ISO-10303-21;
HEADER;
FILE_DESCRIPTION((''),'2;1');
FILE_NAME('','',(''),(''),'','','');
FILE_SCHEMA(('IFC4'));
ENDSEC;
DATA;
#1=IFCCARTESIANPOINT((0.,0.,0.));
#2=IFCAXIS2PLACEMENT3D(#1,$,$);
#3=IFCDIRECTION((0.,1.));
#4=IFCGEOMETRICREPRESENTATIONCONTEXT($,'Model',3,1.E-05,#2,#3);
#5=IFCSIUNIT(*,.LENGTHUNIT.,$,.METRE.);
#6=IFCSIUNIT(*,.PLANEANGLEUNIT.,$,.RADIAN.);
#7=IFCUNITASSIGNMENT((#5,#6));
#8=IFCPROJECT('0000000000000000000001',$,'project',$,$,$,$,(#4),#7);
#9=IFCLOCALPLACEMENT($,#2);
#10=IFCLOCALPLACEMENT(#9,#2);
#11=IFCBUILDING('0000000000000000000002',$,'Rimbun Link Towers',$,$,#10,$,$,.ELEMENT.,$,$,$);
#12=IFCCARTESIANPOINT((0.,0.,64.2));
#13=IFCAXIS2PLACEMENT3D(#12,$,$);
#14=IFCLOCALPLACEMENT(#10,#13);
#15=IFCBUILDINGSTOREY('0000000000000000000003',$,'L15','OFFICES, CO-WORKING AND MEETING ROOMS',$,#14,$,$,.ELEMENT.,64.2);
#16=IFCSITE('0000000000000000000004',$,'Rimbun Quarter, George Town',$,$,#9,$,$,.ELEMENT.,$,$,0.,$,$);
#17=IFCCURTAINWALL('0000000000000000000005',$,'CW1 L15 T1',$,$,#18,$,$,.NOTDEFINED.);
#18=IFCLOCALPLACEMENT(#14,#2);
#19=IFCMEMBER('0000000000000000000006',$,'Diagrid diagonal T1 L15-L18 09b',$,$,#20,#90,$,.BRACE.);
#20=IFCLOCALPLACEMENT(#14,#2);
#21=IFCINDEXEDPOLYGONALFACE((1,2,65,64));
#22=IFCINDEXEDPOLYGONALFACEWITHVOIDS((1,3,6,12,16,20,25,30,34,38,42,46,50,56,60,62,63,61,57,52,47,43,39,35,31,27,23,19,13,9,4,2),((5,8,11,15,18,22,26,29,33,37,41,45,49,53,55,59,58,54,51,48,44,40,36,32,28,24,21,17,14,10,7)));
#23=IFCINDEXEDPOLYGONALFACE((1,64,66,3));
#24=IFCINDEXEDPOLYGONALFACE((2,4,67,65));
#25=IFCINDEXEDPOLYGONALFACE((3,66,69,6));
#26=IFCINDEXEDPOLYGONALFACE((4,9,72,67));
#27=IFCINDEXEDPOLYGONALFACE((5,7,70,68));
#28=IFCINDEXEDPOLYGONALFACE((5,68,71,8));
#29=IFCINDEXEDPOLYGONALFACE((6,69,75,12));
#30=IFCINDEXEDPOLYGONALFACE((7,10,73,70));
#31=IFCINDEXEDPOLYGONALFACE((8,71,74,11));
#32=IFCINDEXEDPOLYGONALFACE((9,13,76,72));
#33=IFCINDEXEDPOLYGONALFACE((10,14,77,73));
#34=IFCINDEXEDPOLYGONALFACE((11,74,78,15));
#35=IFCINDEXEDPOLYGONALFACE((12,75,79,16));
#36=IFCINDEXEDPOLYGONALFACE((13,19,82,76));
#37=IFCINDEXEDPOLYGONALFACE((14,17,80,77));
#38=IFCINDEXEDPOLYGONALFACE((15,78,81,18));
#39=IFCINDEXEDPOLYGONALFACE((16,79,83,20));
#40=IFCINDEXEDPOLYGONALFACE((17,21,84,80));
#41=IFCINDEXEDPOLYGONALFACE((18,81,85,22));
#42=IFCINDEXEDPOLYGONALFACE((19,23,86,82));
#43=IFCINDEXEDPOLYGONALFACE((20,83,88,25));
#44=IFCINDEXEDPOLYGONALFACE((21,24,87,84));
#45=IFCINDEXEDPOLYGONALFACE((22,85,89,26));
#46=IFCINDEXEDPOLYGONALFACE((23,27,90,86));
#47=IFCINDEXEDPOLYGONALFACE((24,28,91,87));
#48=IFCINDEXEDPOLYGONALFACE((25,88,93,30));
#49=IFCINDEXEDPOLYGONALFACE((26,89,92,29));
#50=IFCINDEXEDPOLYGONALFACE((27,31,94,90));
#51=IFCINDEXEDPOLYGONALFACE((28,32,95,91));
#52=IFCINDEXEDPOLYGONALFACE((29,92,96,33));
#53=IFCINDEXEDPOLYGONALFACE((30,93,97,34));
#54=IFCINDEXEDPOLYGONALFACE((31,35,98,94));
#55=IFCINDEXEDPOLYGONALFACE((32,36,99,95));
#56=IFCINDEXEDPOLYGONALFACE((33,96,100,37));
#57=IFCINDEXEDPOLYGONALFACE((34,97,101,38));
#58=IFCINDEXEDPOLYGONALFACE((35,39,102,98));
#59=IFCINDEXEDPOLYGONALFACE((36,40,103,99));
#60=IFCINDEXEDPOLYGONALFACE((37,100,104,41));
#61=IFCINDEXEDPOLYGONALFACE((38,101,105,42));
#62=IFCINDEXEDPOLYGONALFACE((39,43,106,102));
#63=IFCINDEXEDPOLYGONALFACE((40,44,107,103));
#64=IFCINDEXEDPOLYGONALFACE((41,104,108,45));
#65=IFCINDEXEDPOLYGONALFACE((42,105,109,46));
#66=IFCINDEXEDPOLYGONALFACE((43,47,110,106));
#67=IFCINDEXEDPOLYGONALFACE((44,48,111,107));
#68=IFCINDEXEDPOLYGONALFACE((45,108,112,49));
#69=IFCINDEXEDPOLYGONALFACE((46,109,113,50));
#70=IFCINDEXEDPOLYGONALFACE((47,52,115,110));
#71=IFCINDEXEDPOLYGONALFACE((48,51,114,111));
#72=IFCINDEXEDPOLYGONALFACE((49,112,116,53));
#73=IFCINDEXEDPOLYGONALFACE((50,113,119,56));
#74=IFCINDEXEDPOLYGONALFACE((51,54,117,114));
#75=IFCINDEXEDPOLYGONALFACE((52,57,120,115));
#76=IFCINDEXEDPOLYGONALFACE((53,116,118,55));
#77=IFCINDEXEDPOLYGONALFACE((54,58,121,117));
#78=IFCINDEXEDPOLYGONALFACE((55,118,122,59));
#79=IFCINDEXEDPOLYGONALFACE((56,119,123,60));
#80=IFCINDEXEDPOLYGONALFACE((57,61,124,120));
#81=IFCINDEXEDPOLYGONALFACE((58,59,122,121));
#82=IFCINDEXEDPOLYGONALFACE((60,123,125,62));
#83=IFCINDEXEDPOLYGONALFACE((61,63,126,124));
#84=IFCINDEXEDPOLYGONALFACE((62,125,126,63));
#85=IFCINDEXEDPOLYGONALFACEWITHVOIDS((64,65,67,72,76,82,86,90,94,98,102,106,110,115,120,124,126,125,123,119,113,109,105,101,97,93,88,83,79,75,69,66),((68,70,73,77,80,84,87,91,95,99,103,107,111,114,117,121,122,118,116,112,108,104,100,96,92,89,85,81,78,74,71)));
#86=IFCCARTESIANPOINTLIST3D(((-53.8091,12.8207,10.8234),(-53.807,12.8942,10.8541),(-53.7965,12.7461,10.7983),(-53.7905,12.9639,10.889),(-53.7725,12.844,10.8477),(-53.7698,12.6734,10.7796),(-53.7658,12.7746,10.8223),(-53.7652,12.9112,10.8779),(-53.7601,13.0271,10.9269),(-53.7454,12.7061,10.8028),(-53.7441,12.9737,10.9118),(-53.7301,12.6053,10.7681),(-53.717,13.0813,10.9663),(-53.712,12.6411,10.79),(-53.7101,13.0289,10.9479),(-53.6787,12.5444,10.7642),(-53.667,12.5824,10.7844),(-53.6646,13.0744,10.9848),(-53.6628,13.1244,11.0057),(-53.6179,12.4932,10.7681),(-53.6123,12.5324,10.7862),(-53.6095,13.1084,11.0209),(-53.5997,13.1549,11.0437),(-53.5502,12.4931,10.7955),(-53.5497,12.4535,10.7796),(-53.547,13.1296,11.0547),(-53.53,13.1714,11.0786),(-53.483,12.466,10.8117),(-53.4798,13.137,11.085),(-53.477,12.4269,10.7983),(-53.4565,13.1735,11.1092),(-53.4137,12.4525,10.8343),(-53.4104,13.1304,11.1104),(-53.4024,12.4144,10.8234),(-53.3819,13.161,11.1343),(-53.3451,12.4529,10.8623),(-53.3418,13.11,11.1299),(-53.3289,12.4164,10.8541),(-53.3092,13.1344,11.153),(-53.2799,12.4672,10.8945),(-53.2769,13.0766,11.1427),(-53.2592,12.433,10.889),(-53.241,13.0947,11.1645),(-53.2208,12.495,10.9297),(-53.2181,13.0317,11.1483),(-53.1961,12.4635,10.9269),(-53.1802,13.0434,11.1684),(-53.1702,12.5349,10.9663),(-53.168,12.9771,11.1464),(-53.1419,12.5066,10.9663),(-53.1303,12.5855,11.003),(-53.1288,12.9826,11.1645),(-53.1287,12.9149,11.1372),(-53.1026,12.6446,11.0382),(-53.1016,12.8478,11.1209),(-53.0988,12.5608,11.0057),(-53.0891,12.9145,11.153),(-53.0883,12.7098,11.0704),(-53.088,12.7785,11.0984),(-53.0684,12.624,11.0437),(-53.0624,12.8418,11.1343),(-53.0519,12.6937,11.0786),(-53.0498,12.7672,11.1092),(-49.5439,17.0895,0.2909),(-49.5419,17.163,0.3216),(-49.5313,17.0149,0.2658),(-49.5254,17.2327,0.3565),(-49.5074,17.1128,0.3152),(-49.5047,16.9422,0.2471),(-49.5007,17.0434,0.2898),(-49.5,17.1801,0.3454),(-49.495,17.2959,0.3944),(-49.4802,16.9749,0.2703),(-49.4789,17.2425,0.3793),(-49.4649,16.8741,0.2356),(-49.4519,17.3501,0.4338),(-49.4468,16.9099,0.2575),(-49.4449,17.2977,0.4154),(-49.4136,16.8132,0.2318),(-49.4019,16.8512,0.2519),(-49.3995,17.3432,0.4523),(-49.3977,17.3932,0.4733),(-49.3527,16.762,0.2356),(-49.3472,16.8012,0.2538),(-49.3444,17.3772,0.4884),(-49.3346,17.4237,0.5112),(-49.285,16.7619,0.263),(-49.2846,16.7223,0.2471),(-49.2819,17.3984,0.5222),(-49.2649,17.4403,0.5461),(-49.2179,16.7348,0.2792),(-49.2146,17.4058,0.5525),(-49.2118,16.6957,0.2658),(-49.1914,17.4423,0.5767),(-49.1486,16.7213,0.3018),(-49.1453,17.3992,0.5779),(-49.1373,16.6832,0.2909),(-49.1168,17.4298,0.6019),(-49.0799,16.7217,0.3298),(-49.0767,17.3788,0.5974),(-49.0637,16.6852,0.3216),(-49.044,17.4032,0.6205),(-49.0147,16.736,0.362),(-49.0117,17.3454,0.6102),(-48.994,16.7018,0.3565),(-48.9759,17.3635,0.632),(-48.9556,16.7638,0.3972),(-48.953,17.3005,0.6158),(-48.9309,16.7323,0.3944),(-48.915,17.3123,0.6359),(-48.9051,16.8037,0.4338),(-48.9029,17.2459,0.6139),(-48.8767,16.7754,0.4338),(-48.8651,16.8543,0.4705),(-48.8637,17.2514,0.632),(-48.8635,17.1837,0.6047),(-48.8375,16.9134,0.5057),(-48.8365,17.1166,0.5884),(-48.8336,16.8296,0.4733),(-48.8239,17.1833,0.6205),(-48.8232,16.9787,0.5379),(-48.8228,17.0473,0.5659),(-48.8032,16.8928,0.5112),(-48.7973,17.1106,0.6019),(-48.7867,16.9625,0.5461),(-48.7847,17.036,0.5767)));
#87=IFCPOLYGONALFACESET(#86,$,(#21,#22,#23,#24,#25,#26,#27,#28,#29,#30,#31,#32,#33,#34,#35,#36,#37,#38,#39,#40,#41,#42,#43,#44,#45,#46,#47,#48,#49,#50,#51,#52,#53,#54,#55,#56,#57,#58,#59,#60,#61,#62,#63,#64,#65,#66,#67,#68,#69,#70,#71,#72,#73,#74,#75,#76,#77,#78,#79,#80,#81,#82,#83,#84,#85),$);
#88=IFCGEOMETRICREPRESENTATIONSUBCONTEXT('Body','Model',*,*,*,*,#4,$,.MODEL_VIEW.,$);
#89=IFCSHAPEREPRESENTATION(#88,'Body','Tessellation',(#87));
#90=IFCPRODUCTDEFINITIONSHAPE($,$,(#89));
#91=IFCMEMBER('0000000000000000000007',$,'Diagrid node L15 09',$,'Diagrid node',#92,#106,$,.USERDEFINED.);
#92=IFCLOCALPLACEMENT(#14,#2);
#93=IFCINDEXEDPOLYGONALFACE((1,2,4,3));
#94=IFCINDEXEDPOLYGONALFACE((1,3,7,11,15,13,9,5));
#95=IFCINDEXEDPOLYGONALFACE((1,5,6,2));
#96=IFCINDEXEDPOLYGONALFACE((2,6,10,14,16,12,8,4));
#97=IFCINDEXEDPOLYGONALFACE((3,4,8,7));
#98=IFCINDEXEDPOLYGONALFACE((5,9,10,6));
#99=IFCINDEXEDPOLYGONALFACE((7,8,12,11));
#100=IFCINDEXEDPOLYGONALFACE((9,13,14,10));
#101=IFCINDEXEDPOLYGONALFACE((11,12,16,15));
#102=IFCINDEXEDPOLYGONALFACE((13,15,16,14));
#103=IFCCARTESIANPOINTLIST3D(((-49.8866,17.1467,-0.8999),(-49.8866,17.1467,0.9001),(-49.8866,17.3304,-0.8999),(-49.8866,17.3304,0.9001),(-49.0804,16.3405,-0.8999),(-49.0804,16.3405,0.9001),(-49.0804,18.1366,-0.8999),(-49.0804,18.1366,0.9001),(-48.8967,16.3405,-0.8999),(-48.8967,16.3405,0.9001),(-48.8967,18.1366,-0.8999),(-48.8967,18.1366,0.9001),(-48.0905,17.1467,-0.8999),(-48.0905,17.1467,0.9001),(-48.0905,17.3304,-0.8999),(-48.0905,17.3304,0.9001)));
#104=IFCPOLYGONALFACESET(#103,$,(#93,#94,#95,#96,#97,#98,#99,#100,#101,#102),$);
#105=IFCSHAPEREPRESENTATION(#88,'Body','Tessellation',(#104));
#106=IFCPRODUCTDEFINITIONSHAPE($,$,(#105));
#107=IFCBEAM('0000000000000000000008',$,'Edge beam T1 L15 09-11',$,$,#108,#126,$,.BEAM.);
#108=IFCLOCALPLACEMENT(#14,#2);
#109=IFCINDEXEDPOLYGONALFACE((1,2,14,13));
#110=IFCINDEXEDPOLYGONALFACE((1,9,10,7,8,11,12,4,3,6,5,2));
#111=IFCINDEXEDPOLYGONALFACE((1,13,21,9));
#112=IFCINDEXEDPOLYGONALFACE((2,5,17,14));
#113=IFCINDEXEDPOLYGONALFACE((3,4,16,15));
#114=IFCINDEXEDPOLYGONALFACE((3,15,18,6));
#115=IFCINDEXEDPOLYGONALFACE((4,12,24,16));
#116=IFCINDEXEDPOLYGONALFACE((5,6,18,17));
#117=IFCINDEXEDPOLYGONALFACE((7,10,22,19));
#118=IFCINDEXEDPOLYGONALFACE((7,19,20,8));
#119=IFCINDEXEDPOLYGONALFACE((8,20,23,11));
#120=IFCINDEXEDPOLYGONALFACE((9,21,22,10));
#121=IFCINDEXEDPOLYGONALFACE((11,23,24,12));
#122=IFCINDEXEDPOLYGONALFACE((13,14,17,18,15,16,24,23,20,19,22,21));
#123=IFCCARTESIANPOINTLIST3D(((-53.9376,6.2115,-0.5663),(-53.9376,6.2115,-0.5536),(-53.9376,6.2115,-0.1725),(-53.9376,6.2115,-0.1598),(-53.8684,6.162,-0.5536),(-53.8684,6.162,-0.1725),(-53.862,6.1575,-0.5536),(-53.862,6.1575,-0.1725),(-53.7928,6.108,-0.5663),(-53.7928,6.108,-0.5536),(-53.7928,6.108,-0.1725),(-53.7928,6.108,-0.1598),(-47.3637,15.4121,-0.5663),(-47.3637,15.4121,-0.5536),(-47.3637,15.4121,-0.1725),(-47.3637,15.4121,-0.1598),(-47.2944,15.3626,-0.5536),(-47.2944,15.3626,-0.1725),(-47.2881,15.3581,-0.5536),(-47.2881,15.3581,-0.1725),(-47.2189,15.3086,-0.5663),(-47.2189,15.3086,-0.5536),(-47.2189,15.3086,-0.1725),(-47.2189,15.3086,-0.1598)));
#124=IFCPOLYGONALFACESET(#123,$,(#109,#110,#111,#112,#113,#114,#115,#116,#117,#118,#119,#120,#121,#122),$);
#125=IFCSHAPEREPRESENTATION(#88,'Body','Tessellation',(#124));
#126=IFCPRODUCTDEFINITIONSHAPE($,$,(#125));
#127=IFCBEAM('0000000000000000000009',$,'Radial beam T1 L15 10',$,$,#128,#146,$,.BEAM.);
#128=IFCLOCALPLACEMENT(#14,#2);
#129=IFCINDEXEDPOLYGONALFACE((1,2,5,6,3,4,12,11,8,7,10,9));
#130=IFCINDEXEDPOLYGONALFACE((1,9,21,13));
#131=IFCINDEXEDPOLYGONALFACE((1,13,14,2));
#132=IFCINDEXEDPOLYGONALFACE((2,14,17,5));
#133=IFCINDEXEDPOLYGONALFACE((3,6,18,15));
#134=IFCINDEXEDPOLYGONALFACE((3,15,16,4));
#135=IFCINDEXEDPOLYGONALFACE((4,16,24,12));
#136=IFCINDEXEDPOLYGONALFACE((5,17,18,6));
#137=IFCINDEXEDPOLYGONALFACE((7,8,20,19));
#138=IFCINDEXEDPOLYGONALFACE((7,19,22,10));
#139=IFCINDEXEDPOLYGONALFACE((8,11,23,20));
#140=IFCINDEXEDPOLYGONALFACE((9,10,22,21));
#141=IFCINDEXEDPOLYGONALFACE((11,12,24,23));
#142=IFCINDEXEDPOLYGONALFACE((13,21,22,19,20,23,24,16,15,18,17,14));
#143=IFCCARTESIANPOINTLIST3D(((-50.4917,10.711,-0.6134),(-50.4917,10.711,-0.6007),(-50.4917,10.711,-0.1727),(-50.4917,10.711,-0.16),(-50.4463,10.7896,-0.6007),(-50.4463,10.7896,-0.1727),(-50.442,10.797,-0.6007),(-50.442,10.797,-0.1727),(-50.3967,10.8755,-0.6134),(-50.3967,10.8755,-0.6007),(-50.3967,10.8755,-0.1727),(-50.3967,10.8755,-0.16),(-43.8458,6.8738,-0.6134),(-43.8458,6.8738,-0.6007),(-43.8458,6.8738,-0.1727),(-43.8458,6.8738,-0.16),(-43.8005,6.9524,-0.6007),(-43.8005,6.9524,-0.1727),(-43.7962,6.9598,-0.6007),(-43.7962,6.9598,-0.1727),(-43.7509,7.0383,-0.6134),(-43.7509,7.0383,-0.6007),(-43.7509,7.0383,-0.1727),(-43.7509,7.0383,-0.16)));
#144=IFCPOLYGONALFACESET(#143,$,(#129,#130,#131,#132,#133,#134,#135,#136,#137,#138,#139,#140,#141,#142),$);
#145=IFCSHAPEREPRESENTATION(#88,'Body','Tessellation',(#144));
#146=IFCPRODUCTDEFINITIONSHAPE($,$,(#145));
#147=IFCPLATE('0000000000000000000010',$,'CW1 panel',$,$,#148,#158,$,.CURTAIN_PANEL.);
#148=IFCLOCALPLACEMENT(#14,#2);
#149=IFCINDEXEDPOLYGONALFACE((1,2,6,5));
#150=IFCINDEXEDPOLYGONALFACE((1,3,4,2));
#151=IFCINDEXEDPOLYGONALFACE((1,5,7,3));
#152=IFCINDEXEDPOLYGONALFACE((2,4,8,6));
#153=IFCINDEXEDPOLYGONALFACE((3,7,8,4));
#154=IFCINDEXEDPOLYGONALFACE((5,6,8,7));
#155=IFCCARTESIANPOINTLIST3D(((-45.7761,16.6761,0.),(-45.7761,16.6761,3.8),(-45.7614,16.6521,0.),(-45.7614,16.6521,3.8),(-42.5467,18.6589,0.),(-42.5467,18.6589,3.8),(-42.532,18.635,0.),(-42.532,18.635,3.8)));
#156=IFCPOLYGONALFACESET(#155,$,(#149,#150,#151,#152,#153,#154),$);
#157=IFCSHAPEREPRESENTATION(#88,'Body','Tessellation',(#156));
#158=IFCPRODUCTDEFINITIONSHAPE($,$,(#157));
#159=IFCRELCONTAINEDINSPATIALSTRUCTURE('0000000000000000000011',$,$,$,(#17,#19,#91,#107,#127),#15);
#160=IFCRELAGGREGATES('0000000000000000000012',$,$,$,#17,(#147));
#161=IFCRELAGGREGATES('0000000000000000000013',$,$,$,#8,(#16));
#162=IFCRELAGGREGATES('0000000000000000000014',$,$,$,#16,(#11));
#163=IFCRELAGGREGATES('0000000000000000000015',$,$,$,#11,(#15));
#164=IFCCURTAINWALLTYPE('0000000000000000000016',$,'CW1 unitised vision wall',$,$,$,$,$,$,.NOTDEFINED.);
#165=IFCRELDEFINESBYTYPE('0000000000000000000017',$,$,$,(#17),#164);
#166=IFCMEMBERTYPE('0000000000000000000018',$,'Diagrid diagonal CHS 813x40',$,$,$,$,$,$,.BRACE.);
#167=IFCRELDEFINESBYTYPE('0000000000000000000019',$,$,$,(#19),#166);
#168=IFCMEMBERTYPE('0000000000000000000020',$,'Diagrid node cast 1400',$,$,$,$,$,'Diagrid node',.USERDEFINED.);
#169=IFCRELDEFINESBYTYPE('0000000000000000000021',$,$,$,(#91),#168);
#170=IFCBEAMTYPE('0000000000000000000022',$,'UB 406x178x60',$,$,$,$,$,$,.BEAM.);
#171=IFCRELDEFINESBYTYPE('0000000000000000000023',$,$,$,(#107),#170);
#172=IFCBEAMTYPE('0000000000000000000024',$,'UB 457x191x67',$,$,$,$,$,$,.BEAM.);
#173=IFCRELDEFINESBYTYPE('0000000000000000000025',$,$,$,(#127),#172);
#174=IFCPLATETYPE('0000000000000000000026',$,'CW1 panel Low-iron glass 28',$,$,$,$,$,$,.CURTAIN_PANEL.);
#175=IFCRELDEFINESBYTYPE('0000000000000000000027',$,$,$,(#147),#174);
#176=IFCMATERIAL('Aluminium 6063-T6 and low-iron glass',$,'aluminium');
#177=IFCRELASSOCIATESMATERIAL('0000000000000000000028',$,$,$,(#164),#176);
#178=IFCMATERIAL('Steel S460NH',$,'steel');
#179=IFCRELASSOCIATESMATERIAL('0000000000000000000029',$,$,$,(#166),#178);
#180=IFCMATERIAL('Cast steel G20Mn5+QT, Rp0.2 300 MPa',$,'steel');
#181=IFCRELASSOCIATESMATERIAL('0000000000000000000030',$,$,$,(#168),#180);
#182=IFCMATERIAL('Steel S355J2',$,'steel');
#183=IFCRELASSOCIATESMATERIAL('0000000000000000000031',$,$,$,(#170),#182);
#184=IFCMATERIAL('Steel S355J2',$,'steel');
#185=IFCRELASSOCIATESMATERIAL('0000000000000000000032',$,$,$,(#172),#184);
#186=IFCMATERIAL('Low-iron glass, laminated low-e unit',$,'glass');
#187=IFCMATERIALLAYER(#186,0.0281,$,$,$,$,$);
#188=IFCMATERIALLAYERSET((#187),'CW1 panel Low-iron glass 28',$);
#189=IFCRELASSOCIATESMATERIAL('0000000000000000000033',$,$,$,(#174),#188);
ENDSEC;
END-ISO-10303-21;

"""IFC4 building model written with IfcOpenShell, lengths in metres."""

from ifc_helpers import new_model, si_unit, direction, frame, origin, origin_2d, place, context, subcontext, project, spatial, polyline, rectangle, hollow_circle, i_section, outline, extrude, material, layer, layer_set, material_profile, profile_set, type_object, element, aggregate, save


model = new_model("IFC4")

# Units and contexts
model_context = context("Model", 3, precision=1e-05, world=origin(), true_north=direction((0.0, 1.0)))
body_context = subcontext(model_context, "Body", "Model", "MODEL_VIEW")
ifc_project = project(units=[si_unit("LENGTHUNIT", "METRE"), si_unit("PLANEANGLEUNIT", "RADIAN")], contexts=[model_context])

# Site, building, storey
site_placement = place(None, origin())
site = spatial("IfcSite", under=ifc_project, at=site_placement, Name="Rimbun Quarter, George Town", CompositionType="ELEMENT", RefElevation=0.0)
building_placement = place(site_placement, origin())
building = spatial("IfcBuilding", under=site, at=building_placement, Name="Rimbun Link Towers", CompositionType="ELEMENT")
storey_placement = place(building_placement, frame((0.0, 0.0, 64.2)))
storey = spatial("IfcBuildingStorey", under=building, at=storey_placement, Name="L15", Description="OFFICES, CO-WORKING AND MEETING ROOMS", CompositionType="ELEMENT", Elevation=64.2)

# Curtain wall
ifc_material_1 = material(Name="Aluminium 6063-T6 and low-iron glass", Category="aluminium")
curtain_wall_type = type_object("IfcCurtainWallType", Name="CW1 unitised vision wall", PredefinedType="NOTDEFINED", material=ifc_material_1)
curtain_wall_placement = place(storey_placement, origin())
curtain_wall = element("IfcCurtainWall", 1, at=curtain_wall_placement, inside=storey, type_object=curtain_wall_type, Name="CW1 L15 T1", PredefinedType="NOTDEFINED")

# Members
ifc_material_2 = material(Name="Steel S460NH", Category="steel")
ifc_material_profile_1 = material_profile(ifc_material_2, hollow_circle(Radius=0.4065, WallThickness=0.04, at=origin_2d()), Name="Diagrid diagonal CHS 813x40")
ifc_profile_set_1 = profile_set([ifc_material_profile_1], Name="Steel S460NH")
member_type_1 = type_object("IfcMemberType", Name="Diagrid diagonal CHS 813x40", PredefinedType="BRACE", material=ifc_profile_set_1)
member_1_placement = place(storey_placement, frame((-49.1643, 17.0627, 0.4338), z_axis=(-0.351368, -0.35167, 0.86768), x_axis=(0.70741, -0.706803, 0.0)))
element("IfcMember", 2, at=member_1_placement, inside=storey, type_object=member_type_1, Name="Diagrid diagonal T1 L15-L18 09b", PredefinedType="BRACE", context=body_context, shape_type="SweptSolid", body=[
    extrude(hollow_circle(Radius=0.4065, WallThickness=0.04, at=origin_2d()), origin(), (0.0, 0.0, 1.0), 12.1387),
])
ifc_material_3 = material(Name="Cast steel G20Mn5+QT, Rp0.2 300 MPa", Category="steel")
ifc_material_profile_2 = material_profile(ifc_material_3, outline(polyline([(0.7, -0.5701), (0.7, 0.5701), (0.5701, 0.7), (-0.5701, 0.7), (-0.7, 0.5701), (-0.7, -0.5701), (-0.5701, -0.7), (0.5701, -0.7), (0.7, -0.5701)])), Name="NODE 1400x1400")
ifc_profile_set_2 = profile_set([ifc_material_profile_2], Name="Cast steel G20Mn5+QT, Rp0.2 300 MPa")
member_type_2 = type_object("IfcMemberType", Name="Diagrid node cast 1400", ElementType="Diagrid node", PredefinedType="USERDEFINED", material=ifc_profile_set_2)
member_2_placement = place(storey_placement, frame((-48.9885, 17.2385, -0.8999), z_axis=(0.0, 0.0, 1.0), x_axis=(-0.707107, 0.707107, 0.0)))
element("IfcMember", 3, at=member_2_placement, inside=storey, type_object=member_type_2, Name="Diagrid node L15 09", ObjectType="Diagrid node", PredefinedType="USERDEFINED", context=body_context, shape_type="SweptSolid", body=[
    extrude(outline(polyline([(0.7, -0.5701), (0.7, 0.5701), (0.5701, 0.7), (-0.5701, 0.7), (-0.7, 0.5701), (-0.7, -0.5701), (-0.5701, -0.7), (0.5701, -0.7), (0.7, -0.5701)])), origin(), (0.0, 0.0, 1.0), 1.8),
])

# Beams
ifc_material_4 = material(Name="Steel S355J2", Category="steel")
ifc_material_profile_3 = material_profile(ifc_material_4, i_section(OverallWidth=0.178, OverallDepth=0.4065, WebThickness=0.0078, FlangeThickness=0.0127, at=origin_2d()), Name="UB 406x178x60")
ifc_profile_set_3 = profile_set([ifc_material_profile_3], Name="Steel S355J2")
beam_type_1 = type_object("IfcBeamType", Name="UB 406x178x60", PredefinedType="BEAM", material=ifc_profile_set_3)
beam_1_placement = place(storey_placement, frame((-47.2913, 15.3604, -0.363), z_axis=(-0.581359, -0.813647, 0.0), x_axis=(0.813647, -0.581359, 0.0)))
element("IfcBeam", 4, at=beam_1_placement, inside=storey, type_object=beam_type_1, Name="Edge beam T1 L15 09-11", PredefinedType="BEAM", context=body_context, shape_type="SweptSolid", body=[
    extrude(i_section(OverallWidth=0.178, OverallDepth=0.4065, WebThickness=0.0078, FlangeThickness=0.0127, at=origin_2d()), origin(), (0.0, 0.0, 1.0), 11.3079),
])
ifc_material_5 = material(Name="Steel S355J2", Category="steel")
ifc_material_profile_4 = material_profile(ifc_material_5, i_section(OverallWidth=0.1899, OverallDepth=0.4534, WebThickness=0.0085, FlangeThickness=0.0127, at=origin_2d()), Name="UB 457x191x67")
ifc_profile_set_4 = profile_set([ifc_material_profile_4], Name="Steel S355J2")
beam_type_2 = type_object("IfcBeamType", Name="UB 457x191x67", PredefinedType="BEAM", material=ifc_profile_set_4)
beam_2_placement = place(storey_placement, frame((-43.7983, 6.9561, -0.3867), z_axis=(-0.866012, 0.500023, 0.0), x_axis=(-0.500023, -0.866012, 0.0)))
element("IfcBeam", 5, at=beam_2_placement, inside=storey, type_object=beam_type_2, Name="Radial beam T1 L15 10", PredefinedType="BEAM", context=body_context, shape_type="SweptSolid", body=[
    extrude(i_section(OverallWidth=0.1899, OverallDepth=0.4534, WebThickness=0.0085, FlangeThickness=0.0127, at=origin_2d()), origin(), (0.0, 0.0, 1.0), 7.6741),
])

# Plate
ifc_material_6 = material(Name="Low-iron glass, laminated low-e unit", Category="glass")
ifc_layer_1 = layer(ifc_material_6, 0.0281)
ifc_layer_set_1 = layer_set([ifc_layer_1], Name="CW1 panel Low-iron glass 28")
plate_type = type_object("IfcPlateType", Name="CW1 panel Low-iron glass 28", PredefinedType="CURTAIN_PANEL", material=ifc_layer_set_1)
plate_placement = place(storey_placement, frame((-44.1541, 17.6555, 0.0), z_axis=(0.0, 0.0, 1.0), x_axis=(0.852186, 0.523239, 0.0)))
plate = element("IfcPlate", 6, at=plate_placement, type_object=plate_type, Name="CW1 panel", PredefinedType="CURTAIN_PANEL", context=body_context, shape_type="SweptSolid", body=[
    extrude(rectangle(XDim=3.7896, YDim=0.0281, at=origin_2d()), origin(), (0.0, 0.0, 1.0), 3.8),
])
aggregate(curtain_wall, [plate])

save(model, "model.ifc")
